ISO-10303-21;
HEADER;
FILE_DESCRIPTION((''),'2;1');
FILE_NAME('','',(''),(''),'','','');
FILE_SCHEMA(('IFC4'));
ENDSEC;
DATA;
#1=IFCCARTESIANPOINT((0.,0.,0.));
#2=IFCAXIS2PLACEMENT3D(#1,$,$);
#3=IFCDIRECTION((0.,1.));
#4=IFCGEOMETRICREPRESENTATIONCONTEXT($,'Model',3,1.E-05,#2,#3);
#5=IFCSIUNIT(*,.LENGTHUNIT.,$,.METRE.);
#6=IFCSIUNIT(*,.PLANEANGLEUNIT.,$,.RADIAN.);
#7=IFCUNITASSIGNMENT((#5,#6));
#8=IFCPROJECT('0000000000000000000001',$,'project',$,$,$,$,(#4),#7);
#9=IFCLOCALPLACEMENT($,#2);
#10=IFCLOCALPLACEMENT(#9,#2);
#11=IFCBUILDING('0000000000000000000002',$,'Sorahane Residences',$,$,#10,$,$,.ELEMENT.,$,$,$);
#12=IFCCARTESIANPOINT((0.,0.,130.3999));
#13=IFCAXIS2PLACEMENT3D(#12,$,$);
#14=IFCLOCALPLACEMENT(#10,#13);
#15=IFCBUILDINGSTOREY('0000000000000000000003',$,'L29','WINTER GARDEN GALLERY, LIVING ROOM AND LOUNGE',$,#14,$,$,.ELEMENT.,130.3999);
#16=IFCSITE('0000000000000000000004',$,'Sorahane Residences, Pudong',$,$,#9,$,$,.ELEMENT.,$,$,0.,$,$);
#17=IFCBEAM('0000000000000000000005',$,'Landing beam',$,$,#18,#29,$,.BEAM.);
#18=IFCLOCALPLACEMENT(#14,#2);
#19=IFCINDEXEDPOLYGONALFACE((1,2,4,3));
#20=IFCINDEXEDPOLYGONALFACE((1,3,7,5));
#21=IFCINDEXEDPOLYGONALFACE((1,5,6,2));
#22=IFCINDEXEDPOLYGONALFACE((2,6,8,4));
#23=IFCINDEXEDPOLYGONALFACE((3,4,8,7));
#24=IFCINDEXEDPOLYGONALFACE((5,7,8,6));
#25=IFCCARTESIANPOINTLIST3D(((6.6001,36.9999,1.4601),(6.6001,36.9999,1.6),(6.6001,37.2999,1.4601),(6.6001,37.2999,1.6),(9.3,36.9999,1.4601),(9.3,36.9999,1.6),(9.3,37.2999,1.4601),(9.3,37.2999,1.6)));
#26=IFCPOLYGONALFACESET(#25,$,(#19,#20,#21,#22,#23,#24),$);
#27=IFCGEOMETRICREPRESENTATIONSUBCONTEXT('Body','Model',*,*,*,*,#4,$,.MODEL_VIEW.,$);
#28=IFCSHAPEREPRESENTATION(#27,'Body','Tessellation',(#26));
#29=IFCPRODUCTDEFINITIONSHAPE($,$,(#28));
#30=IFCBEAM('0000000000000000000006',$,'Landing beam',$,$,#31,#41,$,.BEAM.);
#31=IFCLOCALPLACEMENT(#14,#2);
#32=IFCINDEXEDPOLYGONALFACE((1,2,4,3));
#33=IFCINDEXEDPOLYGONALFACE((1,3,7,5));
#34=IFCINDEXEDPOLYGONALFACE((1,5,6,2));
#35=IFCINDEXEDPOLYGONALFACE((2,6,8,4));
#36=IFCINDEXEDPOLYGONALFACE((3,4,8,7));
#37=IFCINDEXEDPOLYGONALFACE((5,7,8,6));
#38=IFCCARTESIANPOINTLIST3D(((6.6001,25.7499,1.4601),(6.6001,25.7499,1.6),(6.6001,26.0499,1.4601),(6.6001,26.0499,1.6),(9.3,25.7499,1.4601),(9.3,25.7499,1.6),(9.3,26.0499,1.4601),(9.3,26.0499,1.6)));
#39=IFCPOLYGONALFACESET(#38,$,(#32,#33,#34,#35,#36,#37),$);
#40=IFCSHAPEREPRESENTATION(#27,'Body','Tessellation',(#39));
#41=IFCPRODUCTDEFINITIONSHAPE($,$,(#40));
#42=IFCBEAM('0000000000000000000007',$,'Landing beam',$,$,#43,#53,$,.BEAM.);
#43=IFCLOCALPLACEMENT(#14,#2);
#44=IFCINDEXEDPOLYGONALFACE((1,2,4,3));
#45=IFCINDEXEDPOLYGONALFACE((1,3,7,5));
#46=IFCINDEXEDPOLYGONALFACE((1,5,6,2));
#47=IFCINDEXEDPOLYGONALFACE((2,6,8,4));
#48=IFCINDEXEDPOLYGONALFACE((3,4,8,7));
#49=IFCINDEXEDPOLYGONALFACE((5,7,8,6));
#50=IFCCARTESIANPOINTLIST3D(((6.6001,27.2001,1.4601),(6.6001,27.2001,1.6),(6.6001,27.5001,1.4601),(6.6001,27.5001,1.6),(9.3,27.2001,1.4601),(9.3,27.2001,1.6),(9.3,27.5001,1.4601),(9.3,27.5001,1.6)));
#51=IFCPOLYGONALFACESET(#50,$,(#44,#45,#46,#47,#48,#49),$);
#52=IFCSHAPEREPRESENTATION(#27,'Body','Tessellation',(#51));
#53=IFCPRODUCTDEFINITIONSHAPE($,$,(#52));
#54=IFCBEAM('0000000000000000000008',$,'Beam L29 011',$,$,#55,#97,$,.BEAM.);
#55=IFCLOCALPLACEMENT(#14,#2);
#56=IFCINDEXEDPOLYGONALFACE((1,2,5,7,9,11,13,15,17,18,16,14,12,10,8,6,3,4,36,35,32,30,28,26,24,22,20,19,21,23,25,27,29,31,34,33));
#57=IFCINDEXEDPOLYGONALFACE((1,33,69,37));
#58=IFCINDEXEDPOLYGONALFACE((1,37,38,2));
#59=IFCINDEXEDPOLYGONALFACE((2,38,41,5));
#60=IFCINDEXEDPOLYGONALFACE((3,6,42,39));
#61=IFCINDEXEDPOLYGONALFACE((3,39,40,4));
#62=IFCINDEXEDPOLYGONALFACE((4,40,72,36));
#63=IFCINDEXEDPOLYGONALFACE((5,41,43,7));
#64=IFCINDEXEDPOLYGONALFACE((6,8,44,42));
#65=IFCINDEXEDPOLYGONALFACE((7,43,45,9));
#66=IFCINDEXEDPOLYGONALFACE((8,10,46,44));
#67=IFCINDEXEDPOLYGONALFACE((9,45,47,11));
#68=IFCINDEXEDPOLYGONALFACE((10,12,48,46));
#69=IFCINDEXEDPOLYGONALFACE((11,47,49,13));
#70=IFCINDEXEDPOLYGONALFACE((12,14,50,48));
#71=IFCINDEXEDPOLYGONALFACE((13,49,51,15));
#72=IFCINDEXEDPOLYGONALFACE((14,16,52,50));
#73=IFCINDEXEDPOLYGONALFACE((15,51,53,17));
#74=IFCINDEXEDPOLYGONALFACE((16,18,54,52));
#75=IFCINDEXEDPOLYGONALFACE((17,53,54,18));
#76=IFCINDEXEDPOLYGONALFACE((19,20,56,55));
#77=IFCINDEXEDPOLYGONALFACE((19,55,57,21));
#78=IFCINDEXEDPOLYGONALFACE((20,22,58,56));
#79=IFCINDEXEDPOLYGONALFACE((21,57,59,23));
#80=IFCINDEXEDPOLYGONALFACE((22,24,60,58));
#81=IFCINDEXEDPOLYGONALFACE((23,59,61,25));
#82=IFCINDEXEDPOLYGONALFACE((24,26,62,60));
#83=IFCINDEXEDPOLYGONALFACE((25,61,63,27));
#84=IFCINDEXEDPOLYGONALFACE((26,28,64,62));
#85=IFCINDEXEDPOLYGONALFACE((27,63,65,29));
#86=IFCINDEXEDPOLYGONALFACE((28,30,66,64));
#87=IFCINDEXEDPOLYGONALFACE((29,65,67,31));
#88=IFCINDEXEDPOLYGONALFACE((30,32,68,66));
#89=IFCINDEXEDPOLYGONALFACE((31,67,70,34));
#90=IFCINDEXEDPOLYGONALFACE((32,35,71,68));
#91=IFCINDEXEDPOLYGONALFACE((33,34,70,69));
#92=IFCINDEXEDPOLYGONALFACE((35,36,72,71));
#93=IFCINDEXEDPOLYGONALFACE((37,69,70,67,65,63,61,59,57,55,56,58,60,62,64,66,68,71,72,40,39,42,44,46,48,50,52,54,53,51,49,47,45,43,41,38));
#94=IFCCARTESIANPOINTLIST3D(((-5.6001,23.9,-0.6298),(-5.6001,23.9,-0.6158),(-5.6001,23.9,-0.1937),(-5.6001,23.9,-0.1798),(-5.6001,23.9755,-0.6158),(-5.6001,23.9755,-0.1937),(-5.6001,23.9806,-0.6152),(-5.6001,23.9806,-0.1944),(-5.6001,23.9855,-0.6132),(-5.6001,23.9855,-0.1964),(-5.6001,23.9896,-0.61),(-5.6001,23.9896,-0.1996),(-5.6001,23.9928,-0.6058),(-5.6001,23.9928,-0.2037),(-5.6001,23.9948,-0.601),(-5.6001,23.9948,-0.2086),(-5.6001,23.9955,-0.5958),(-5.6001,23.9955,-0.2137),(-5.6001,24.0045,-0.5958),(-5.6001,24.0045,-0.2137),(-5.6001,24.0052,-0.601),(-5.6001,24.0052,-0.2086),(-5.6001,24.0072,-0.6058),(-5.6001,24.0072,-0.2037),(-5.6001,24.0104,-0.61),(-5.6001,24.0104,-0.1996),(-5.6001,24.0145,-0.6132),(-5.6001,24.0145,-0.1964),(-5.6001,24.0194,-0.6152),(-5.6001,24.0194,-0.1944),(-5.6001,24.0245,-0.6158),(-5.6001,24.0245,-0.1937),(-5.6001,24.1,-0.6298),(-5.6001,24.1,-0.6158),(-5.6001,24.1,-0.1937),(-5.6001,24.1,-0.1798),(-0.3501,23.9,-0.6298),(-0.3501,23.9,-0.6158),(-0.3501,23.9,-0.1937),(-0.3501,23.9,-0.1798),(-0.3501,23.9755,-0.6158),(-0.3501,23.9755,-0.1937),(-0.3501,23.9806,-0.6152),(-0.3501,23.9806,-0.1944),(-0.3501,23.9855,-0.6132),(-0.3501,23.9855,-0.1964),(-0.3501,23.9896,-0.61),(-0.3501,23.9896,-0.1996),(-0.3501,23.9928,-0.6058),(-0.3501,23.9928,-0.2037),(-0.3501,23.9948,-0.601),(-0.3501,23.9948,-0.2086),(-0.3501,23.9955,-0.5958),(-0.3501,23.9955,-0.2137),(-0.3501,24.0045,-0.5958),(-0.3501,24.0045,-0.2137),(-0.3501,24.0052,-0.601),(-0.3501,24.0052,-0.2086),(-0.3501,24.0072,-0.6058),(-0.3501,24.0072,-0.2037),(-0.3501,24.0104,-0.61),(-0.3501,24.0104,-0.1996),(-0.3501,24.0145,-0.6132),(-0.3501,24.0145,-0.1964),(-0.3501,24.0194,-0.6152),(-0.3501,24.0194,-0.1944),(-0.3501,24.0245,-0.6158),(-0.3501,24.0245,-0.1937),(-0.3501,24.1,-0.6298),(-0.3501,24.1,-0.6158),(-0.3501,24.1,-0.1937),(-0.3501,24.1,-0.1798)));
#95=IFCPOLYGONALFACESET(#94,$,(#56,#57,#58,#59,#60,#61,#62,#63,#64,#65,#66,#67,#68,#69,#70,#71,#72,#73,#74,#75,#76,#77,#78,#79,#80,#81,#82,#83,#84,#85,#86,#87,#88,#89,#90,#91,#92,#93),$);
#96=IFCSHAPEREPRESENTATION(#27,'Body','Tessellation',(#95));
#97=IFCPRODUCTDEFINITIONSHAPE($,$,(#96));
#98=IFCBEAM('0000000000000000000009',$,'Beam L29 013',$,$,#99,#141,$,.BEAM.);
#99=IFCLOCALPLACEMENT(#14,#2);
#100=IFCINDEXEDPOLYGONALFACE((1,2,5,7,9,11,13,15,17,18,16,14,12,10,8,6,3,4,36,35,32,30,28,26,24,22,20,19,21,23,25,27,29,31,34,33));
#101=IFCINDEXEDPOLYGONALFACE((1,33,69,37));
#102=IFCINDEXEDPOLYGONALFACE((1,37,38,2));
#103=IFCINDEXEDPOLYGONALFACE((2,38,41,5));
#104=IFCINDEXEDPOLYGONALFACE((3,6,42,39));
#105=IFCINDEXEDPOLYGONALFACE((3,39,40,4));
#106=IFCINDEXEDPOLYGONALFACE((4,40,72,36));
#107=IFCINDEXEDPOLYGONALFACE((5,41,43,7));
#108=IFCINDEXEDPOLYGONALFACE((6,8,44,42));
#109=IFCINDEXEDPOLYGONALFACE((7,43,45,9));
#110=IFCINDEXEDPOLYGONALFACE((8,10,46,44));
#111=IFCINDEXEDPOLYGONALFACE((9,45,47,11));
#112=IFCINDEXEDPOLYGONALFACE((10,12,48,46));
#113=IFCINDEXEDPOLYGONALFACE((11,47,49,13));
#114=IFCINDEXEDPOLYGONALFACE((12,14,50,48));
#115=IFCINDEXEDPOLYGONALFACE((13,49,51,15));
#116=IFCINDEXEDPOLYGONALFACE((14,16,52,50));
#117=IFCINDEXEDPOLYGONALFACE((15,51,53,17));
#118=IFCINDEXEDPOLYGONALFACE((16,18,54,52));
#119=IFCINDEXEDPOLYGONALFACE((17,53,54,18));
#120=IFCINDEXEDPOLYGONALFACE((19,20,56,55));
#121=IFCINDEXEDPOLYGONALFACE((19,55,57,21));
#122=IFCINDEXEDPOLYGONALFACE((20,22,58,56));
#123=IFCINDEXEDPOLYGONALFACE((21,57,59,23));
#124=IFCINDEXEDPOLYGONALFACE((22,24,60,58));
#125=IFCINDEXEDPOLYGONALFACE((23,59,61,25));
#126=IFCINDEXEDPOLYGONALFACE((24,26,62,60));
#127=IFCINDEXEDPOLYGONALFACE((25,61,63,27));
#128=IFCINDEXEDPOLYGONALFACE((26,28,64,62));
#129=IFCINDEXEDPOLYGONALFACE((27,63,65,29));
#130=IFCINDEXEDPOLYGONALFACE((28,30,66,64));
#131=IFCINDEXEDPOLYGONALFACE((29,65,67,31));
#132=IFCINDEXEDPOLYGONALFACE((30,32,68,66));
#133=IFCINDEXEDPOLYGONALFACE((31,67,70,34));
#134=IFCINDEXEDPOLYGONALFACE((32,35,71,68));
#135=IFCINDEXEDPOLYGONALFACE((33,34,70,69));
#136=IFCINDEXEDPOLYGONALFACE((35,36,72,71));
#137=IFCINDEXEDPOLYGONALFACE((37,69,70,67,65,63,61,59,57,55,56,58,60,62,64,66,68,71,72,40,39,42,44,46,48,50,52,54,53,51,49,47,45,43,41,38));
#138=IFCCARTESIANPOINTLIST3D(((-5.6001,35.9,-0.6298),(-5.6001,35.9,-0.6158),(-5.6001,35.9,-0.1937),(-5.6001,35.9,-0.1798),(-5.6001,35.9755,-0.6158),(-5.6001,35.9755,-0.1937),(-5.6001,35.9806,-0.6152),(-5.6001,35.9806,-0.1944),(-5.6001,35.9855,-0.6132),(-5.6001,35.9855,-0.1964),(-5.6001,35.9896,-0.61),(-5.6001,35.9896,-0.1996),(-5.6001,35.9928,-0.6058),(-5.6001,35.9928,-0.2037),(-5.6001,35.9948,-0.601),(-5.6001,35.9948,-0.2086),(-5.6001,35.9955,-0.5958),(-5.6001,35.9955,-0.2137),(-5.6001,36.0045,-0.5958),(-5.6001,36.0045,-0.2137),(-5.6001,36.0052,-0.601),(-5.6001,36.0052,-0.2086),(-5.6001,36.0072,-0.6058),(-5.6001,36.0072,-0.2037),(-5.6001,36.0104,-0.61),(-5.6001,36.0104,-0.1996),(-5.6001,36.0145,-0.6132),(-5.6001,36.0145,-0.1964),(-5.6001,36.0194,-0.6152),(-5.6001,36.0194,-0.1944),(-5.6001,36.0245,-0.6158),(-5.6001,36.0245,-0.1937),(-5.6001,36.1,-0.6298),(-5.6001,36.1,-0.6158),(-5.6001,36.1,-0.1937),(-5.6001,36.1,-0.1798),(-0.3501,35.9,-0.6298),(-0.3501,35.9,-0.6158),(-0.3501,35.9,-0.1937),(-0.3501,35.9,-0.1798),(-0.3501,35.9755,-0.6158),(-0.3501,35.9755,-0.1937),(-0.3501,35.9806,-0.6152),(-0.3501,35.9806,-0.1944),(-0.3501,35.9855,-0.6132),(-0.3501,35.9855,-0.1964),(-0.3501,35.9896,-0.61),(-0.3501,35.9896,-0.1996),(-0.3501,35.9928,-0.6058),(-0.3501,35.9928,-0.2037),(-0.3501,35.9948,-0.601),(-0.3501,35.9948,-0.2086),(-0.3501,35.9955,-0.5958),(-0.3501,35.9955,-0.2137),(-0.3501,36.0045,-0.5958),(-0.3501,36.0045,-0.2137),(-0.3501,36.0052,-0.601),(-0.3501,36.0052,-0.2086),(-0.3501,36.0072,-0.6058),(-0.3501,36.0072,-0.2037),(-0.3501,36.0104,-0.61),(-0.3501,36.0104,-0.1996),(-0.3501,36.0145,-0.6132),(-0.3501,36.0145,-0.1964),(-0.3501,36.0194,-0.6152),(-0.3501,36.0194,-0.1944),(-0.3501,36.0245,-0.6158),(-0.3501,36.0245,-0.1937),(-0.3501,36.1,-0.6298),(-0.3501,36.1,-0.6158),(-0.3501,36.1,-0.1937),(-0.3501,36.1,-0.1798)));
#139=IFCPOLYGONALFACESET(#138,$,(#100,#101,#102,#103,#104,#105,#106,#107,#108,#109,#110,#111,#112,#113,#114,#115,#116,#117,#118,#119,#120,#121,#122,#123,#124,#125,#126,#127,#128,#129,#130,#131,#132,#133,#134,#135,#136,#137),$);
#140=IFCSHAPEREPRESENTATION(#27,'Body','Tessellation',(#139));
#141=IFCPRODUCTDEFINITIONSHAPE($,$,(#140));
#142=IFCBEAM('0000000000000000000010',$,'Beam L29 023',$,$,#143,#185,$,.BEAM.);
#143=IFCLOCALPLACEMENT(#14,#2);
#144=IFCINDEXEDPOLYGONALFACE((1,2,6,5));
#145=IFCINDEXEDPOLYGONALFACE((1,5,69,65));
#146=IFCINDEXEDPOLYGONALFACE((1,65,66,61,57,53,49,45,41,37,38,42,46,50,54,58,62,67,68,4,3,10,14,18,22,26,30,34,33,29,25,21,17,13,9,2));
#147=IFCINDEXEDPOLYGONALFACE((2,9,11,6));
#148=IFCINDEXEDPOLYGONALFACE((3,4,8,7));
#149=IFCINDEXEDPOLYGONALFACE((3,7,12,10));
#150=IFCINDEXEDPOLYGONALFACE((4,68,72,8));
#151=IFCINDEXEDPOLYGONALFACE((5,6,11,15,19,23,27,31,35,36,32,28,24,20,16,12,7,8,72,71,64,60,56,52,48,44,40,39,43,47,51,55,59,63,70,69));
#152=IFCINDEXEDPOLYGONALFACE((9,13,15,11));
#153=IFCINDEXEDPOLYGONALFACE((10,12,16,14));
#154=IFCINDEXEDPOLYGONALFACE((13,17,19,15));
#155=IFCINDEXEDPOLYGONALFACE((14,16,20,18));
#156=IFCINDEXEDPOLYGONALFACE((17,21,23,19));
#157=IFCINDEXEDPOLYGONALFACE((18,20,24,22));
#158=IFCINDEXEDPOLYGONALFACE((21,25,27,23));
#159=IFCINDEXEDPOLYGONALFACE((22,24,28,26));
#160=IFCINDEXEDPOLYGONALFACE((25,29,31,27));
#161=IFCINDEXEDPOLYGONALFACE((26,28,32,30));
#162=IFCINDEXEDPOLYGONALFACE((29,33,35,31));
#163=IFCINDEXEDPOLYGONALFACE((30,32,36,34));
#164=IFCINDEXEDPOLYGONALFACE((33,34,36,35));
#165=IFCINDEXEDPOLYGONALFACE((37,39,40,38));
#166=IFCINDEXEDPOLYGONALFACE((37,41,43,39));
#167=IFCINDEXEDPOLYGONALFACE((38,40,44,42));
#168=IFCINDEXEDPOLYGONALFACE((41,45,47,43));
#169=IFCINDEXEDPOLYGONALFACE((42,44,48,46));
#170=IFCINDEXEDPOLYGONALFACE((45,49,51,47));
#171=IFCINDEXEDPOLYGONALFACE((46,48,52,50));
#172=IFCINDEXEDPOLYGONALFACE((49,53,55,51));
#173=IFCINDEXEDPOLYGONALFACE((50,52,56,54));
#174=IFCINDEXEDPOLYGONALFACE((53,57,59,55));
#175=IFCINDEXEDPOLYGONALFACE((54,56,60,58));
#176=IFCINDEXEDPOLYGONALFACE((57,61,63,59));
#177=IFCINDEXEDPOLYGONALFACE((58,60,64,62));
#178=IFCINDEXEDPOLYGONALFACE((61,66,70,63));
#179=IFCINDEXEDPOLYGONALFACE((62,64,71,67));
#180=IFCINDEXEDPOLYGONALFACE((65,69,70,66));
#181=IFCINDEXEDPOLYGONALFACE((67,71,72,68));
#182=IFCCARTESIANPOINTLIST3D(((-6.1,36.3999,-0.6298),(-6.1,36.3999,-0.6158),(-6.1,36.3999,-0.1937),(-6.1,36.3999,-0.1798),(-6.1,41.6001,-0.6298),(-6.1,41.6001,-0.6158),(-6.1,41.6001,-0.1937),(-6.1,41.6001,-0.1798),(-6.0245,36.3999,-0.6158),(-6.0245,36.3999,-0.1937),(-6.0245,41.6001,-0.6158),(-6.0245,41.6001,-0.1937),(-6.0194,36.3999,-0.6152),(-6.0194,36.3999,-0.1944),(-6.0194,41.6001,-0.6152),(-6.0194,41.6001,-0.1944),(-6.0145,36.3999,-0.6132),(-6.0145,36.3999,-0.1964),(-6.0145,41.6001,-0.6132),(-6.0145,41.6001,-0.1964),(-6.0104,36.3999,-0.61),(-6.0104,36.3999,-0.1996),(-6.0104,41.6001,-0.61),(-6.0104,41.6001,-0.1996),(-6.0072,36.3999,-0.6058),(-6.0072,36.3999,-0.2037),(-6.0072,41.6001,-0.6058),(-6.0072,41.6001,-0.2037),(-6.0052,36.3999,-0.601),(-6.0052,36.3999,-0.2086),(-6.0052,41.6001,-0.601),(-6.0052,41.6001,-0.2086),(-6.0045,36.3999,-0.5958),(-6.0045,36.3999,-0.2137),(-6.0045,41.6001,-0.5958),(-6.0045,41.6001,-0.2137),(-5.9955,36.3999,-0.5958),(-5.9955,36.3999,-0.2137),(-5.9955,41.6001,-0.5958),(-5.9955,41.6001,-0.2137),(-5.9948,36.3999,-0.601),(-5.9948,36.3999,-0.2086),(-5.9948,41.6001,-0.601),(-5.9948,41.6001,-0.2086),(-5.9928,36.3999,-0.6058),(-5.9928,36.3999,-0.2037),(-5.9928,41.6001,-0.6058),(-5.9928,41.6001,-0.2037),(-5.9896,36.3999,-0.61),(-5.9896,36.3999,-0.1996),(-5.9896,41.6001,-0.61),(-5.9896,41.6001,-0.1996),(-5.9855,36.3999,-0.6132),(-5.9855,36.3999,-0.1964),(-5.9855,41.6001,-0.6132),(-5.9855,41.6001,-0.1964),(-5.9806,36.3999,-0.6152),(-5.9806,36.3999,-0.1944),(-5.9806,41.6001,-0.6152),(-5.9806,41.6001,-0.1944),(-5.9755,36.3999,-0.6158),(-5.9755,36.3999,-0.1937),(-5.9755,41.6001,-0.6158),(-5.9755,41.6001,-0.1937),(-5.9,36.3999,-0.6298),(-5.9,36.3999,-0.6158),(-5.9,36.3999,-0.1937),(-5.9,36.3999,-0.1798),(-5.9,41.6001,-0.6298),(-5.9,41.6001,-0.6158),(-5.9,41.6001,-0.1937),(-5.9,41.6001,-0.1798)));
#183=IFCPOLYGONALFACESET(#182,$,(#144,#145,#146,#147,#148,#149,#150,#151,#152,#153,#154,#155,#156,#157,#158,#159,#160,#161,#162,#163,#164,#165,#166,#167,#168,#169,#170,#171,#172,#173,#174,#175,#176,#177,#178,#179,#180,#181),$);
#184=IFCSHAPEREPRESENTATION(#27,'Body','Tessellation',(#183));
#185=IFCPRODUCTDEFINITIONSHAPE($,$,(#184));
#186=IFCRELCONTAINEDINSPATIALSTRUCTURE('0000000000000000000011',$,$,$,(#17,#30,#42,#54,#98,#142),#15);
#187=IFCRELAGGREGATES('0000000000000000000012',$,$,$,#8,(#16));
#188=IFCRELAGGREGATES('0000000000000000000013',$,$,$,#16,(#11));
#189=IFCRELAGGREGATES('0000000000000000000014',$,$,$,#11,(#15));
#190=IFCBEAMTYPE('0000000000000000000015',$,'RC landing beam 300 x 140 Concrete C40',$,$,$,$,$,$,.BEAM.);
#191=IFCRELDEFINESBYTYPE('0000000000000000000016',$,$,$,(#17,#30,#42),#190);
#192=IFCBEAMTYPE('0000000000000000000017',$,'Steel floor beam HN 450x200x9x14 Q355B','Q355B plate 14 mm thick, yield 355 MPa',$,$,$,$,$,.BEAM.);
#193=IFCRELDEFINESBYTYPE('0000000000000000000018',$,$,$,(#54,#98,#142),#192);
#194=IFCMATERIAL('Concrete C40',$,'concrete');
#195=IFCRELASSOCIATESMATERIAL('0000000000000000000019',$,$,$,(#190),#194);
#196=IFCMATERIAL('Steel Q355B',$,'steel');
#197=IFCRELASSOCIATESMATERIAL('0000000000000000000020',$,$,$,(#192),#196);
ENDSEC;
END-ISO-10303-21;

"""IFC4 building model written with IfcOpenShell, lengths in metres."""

from ifc_helpers import new_model, si_unit, direction, frame, origin, origin_2d, place, context, subcontext, project, spatial, rectangle, i_section, extrude, material, material_profile, profile_set, type_object, element, save


model = new_model("IFC4")

# Units and contexts
model_context = context("Model", 3, precision=1e-05, world=origin(), true_north=direction((0.0, 1.0)))
body_context = subcontext(model_context, "Body", "Model", "MODEL_VIEW")
ifc_project = project(units=[si_unit("LENGTHUNIT", "METRE"), si_unit("PLANEANGLEUNIT", "RADIAN")], contexts=[model_context])

# Site, building, storey
site_placement = place(None, origin())
site = spatial("IfcSite", under=ifc_project, at=site_placement, Name="Sorahane Residences, Pudong", CompositionType="ELEMENT", RefElevation=0.0)
building_placement = place(site_placement, origin())
building = spatial("IfcBuilding", under=site, at=building_placement, Name="Sorahane Residences", CompositionType="ELEMENT")
storey_placement = place(building_placement, frame((0.0, 0.0, 130.3999)))
storey = spatial("IfcBuildingStorey", under=building, at=storey_placement, Name="L29", Description="WINTER GARDEN GALLERY, LIVING ROOM AND LOUNGE", CompositionType="ELEMENT", Elevation=130.3999)

# Beams
ifc_material_1 = material(Name="Concrete C40", Category="concrete")
ifc_material_profile_1 = material_profile(ifc_material_1, rectangle(XDim=0.3, YDim=0.1399, at=origin_2d()), Name="300x140")
ifc_profile_set_1 = profile_set([ifc_material_profile_1], Name="Concrete C40")
beam_type_1 = type_object("IfcBeamType", Name="RC landing beam 300 x 140 Concrete C40", PredefinedType="BEAM", material=ifc_profile_set_1)
for number, where, z_axis, x_axis, name in (
    (1, (6.6001, 37.1499, 1.53), (1.0, 0.0, 0.0), (0.0, 1.0, 0.0), "Landing beam"),
    (2, (6.6001, 25.8999, 1.53), (1.0, 0.0, 0.0), (0.0, 1.0, 0.0), "Landing beam"),
    (3, (6.6001, 27.3501, 1.53), (1.0, 0.0, 0.0), (0.0, 1.0, 0.0), "Landing beam"),
):
    element("IfcBeam", number, at=place(storey_placement, frame(where, z_axis=z_axis, x_axis=x_axis)), inside=storey, type_object=beam_type_1, Name=name, PredefinedType="BEAM", context=body_context, shape_type="SweptSolid", body=[
        extrude(rectangle(XDim=0.3, YDim=0.1399, at=origin_2d()), origin(), (0.0, 0.0, 1.0), 2.7),
    ])
ifc_material_2 = material(Name="Steel Q355B", Category="steel")
ifc_material_profile_2 = material_profile(ifc_material_2, i_section(OverallWidth=0.2, OverallDepth=0.45, WebThickness=0.009, FlangeThickness=0.0139, FilletRadius=0.02, at=origin_2d()), Name="HN 450x200x9x14")
ifc_profile_set_2 = profile_set([ifc_material_profile_2], Name="Steel Q355B")
beam_type_2 = type_object("IfcBeamType", Name="Steel floor beam HN 450x200x9x14 Q355B", Description="Q355B plate 14 mm thick, yield 355 MPa", PredefinedType="BEAM", material=ifc_profile_set_2)
for number, where, z_axis, x_axis, name in (
    (4, (-5.6001, 24.0, -0.4048), (1.0, 0.0, 0.0), (0.0, 1.0, 0.0), "Beam L29 011"),
    (5, (-5.6001, 36.0, -0.4048), (1.0, 0.0, 0.0), (0.0, 1.0, 0.0), "Beam L29 013"),
):
    element("IfcBeam", number, at=place(storey_placement, frame(where, z_axis=z_axis, x_axis=x_axis)), inside=storey, type_object=beam_type_2, Name=name, PredefinedType="BEAM", context=body_context, shape_type="SweptSolid", body=[
        extrude(i_section(OverallWidth=0.2, OverallDepth=0.45, WebThickness=0.009, FlangeThickness=0.0139, FilletRadius=0.02, at=origin_2d()), origin(), (0.0, 0.0, 1.0), 5.25),
    ])
beam_1_placement = place(storey_placement, frame((-6.0, 36.3999, -0.4048), z_axis=(0.0, 1.0, 0.0), x_axis=(-1.0, 0.0, 0.0)))
element("IfcBeam", 6, at=beam_1_placement, inside=storey, type_object=beam_type_2, Name="Beam L29 023", PredefinedType="BEAM", context=body_context, shape_type="SweptSolid", body=[
    extrude(i_section(OverallWidth=0.2, OverallDepth=0.45, WebThickness=0.009, FlangeThickness=0.0139, FilletRadius=0.02, at=origin_2d()), origin(), (0.0, 0.0, 1.0), 5.2002),
])

save(model, "model.ifc")
